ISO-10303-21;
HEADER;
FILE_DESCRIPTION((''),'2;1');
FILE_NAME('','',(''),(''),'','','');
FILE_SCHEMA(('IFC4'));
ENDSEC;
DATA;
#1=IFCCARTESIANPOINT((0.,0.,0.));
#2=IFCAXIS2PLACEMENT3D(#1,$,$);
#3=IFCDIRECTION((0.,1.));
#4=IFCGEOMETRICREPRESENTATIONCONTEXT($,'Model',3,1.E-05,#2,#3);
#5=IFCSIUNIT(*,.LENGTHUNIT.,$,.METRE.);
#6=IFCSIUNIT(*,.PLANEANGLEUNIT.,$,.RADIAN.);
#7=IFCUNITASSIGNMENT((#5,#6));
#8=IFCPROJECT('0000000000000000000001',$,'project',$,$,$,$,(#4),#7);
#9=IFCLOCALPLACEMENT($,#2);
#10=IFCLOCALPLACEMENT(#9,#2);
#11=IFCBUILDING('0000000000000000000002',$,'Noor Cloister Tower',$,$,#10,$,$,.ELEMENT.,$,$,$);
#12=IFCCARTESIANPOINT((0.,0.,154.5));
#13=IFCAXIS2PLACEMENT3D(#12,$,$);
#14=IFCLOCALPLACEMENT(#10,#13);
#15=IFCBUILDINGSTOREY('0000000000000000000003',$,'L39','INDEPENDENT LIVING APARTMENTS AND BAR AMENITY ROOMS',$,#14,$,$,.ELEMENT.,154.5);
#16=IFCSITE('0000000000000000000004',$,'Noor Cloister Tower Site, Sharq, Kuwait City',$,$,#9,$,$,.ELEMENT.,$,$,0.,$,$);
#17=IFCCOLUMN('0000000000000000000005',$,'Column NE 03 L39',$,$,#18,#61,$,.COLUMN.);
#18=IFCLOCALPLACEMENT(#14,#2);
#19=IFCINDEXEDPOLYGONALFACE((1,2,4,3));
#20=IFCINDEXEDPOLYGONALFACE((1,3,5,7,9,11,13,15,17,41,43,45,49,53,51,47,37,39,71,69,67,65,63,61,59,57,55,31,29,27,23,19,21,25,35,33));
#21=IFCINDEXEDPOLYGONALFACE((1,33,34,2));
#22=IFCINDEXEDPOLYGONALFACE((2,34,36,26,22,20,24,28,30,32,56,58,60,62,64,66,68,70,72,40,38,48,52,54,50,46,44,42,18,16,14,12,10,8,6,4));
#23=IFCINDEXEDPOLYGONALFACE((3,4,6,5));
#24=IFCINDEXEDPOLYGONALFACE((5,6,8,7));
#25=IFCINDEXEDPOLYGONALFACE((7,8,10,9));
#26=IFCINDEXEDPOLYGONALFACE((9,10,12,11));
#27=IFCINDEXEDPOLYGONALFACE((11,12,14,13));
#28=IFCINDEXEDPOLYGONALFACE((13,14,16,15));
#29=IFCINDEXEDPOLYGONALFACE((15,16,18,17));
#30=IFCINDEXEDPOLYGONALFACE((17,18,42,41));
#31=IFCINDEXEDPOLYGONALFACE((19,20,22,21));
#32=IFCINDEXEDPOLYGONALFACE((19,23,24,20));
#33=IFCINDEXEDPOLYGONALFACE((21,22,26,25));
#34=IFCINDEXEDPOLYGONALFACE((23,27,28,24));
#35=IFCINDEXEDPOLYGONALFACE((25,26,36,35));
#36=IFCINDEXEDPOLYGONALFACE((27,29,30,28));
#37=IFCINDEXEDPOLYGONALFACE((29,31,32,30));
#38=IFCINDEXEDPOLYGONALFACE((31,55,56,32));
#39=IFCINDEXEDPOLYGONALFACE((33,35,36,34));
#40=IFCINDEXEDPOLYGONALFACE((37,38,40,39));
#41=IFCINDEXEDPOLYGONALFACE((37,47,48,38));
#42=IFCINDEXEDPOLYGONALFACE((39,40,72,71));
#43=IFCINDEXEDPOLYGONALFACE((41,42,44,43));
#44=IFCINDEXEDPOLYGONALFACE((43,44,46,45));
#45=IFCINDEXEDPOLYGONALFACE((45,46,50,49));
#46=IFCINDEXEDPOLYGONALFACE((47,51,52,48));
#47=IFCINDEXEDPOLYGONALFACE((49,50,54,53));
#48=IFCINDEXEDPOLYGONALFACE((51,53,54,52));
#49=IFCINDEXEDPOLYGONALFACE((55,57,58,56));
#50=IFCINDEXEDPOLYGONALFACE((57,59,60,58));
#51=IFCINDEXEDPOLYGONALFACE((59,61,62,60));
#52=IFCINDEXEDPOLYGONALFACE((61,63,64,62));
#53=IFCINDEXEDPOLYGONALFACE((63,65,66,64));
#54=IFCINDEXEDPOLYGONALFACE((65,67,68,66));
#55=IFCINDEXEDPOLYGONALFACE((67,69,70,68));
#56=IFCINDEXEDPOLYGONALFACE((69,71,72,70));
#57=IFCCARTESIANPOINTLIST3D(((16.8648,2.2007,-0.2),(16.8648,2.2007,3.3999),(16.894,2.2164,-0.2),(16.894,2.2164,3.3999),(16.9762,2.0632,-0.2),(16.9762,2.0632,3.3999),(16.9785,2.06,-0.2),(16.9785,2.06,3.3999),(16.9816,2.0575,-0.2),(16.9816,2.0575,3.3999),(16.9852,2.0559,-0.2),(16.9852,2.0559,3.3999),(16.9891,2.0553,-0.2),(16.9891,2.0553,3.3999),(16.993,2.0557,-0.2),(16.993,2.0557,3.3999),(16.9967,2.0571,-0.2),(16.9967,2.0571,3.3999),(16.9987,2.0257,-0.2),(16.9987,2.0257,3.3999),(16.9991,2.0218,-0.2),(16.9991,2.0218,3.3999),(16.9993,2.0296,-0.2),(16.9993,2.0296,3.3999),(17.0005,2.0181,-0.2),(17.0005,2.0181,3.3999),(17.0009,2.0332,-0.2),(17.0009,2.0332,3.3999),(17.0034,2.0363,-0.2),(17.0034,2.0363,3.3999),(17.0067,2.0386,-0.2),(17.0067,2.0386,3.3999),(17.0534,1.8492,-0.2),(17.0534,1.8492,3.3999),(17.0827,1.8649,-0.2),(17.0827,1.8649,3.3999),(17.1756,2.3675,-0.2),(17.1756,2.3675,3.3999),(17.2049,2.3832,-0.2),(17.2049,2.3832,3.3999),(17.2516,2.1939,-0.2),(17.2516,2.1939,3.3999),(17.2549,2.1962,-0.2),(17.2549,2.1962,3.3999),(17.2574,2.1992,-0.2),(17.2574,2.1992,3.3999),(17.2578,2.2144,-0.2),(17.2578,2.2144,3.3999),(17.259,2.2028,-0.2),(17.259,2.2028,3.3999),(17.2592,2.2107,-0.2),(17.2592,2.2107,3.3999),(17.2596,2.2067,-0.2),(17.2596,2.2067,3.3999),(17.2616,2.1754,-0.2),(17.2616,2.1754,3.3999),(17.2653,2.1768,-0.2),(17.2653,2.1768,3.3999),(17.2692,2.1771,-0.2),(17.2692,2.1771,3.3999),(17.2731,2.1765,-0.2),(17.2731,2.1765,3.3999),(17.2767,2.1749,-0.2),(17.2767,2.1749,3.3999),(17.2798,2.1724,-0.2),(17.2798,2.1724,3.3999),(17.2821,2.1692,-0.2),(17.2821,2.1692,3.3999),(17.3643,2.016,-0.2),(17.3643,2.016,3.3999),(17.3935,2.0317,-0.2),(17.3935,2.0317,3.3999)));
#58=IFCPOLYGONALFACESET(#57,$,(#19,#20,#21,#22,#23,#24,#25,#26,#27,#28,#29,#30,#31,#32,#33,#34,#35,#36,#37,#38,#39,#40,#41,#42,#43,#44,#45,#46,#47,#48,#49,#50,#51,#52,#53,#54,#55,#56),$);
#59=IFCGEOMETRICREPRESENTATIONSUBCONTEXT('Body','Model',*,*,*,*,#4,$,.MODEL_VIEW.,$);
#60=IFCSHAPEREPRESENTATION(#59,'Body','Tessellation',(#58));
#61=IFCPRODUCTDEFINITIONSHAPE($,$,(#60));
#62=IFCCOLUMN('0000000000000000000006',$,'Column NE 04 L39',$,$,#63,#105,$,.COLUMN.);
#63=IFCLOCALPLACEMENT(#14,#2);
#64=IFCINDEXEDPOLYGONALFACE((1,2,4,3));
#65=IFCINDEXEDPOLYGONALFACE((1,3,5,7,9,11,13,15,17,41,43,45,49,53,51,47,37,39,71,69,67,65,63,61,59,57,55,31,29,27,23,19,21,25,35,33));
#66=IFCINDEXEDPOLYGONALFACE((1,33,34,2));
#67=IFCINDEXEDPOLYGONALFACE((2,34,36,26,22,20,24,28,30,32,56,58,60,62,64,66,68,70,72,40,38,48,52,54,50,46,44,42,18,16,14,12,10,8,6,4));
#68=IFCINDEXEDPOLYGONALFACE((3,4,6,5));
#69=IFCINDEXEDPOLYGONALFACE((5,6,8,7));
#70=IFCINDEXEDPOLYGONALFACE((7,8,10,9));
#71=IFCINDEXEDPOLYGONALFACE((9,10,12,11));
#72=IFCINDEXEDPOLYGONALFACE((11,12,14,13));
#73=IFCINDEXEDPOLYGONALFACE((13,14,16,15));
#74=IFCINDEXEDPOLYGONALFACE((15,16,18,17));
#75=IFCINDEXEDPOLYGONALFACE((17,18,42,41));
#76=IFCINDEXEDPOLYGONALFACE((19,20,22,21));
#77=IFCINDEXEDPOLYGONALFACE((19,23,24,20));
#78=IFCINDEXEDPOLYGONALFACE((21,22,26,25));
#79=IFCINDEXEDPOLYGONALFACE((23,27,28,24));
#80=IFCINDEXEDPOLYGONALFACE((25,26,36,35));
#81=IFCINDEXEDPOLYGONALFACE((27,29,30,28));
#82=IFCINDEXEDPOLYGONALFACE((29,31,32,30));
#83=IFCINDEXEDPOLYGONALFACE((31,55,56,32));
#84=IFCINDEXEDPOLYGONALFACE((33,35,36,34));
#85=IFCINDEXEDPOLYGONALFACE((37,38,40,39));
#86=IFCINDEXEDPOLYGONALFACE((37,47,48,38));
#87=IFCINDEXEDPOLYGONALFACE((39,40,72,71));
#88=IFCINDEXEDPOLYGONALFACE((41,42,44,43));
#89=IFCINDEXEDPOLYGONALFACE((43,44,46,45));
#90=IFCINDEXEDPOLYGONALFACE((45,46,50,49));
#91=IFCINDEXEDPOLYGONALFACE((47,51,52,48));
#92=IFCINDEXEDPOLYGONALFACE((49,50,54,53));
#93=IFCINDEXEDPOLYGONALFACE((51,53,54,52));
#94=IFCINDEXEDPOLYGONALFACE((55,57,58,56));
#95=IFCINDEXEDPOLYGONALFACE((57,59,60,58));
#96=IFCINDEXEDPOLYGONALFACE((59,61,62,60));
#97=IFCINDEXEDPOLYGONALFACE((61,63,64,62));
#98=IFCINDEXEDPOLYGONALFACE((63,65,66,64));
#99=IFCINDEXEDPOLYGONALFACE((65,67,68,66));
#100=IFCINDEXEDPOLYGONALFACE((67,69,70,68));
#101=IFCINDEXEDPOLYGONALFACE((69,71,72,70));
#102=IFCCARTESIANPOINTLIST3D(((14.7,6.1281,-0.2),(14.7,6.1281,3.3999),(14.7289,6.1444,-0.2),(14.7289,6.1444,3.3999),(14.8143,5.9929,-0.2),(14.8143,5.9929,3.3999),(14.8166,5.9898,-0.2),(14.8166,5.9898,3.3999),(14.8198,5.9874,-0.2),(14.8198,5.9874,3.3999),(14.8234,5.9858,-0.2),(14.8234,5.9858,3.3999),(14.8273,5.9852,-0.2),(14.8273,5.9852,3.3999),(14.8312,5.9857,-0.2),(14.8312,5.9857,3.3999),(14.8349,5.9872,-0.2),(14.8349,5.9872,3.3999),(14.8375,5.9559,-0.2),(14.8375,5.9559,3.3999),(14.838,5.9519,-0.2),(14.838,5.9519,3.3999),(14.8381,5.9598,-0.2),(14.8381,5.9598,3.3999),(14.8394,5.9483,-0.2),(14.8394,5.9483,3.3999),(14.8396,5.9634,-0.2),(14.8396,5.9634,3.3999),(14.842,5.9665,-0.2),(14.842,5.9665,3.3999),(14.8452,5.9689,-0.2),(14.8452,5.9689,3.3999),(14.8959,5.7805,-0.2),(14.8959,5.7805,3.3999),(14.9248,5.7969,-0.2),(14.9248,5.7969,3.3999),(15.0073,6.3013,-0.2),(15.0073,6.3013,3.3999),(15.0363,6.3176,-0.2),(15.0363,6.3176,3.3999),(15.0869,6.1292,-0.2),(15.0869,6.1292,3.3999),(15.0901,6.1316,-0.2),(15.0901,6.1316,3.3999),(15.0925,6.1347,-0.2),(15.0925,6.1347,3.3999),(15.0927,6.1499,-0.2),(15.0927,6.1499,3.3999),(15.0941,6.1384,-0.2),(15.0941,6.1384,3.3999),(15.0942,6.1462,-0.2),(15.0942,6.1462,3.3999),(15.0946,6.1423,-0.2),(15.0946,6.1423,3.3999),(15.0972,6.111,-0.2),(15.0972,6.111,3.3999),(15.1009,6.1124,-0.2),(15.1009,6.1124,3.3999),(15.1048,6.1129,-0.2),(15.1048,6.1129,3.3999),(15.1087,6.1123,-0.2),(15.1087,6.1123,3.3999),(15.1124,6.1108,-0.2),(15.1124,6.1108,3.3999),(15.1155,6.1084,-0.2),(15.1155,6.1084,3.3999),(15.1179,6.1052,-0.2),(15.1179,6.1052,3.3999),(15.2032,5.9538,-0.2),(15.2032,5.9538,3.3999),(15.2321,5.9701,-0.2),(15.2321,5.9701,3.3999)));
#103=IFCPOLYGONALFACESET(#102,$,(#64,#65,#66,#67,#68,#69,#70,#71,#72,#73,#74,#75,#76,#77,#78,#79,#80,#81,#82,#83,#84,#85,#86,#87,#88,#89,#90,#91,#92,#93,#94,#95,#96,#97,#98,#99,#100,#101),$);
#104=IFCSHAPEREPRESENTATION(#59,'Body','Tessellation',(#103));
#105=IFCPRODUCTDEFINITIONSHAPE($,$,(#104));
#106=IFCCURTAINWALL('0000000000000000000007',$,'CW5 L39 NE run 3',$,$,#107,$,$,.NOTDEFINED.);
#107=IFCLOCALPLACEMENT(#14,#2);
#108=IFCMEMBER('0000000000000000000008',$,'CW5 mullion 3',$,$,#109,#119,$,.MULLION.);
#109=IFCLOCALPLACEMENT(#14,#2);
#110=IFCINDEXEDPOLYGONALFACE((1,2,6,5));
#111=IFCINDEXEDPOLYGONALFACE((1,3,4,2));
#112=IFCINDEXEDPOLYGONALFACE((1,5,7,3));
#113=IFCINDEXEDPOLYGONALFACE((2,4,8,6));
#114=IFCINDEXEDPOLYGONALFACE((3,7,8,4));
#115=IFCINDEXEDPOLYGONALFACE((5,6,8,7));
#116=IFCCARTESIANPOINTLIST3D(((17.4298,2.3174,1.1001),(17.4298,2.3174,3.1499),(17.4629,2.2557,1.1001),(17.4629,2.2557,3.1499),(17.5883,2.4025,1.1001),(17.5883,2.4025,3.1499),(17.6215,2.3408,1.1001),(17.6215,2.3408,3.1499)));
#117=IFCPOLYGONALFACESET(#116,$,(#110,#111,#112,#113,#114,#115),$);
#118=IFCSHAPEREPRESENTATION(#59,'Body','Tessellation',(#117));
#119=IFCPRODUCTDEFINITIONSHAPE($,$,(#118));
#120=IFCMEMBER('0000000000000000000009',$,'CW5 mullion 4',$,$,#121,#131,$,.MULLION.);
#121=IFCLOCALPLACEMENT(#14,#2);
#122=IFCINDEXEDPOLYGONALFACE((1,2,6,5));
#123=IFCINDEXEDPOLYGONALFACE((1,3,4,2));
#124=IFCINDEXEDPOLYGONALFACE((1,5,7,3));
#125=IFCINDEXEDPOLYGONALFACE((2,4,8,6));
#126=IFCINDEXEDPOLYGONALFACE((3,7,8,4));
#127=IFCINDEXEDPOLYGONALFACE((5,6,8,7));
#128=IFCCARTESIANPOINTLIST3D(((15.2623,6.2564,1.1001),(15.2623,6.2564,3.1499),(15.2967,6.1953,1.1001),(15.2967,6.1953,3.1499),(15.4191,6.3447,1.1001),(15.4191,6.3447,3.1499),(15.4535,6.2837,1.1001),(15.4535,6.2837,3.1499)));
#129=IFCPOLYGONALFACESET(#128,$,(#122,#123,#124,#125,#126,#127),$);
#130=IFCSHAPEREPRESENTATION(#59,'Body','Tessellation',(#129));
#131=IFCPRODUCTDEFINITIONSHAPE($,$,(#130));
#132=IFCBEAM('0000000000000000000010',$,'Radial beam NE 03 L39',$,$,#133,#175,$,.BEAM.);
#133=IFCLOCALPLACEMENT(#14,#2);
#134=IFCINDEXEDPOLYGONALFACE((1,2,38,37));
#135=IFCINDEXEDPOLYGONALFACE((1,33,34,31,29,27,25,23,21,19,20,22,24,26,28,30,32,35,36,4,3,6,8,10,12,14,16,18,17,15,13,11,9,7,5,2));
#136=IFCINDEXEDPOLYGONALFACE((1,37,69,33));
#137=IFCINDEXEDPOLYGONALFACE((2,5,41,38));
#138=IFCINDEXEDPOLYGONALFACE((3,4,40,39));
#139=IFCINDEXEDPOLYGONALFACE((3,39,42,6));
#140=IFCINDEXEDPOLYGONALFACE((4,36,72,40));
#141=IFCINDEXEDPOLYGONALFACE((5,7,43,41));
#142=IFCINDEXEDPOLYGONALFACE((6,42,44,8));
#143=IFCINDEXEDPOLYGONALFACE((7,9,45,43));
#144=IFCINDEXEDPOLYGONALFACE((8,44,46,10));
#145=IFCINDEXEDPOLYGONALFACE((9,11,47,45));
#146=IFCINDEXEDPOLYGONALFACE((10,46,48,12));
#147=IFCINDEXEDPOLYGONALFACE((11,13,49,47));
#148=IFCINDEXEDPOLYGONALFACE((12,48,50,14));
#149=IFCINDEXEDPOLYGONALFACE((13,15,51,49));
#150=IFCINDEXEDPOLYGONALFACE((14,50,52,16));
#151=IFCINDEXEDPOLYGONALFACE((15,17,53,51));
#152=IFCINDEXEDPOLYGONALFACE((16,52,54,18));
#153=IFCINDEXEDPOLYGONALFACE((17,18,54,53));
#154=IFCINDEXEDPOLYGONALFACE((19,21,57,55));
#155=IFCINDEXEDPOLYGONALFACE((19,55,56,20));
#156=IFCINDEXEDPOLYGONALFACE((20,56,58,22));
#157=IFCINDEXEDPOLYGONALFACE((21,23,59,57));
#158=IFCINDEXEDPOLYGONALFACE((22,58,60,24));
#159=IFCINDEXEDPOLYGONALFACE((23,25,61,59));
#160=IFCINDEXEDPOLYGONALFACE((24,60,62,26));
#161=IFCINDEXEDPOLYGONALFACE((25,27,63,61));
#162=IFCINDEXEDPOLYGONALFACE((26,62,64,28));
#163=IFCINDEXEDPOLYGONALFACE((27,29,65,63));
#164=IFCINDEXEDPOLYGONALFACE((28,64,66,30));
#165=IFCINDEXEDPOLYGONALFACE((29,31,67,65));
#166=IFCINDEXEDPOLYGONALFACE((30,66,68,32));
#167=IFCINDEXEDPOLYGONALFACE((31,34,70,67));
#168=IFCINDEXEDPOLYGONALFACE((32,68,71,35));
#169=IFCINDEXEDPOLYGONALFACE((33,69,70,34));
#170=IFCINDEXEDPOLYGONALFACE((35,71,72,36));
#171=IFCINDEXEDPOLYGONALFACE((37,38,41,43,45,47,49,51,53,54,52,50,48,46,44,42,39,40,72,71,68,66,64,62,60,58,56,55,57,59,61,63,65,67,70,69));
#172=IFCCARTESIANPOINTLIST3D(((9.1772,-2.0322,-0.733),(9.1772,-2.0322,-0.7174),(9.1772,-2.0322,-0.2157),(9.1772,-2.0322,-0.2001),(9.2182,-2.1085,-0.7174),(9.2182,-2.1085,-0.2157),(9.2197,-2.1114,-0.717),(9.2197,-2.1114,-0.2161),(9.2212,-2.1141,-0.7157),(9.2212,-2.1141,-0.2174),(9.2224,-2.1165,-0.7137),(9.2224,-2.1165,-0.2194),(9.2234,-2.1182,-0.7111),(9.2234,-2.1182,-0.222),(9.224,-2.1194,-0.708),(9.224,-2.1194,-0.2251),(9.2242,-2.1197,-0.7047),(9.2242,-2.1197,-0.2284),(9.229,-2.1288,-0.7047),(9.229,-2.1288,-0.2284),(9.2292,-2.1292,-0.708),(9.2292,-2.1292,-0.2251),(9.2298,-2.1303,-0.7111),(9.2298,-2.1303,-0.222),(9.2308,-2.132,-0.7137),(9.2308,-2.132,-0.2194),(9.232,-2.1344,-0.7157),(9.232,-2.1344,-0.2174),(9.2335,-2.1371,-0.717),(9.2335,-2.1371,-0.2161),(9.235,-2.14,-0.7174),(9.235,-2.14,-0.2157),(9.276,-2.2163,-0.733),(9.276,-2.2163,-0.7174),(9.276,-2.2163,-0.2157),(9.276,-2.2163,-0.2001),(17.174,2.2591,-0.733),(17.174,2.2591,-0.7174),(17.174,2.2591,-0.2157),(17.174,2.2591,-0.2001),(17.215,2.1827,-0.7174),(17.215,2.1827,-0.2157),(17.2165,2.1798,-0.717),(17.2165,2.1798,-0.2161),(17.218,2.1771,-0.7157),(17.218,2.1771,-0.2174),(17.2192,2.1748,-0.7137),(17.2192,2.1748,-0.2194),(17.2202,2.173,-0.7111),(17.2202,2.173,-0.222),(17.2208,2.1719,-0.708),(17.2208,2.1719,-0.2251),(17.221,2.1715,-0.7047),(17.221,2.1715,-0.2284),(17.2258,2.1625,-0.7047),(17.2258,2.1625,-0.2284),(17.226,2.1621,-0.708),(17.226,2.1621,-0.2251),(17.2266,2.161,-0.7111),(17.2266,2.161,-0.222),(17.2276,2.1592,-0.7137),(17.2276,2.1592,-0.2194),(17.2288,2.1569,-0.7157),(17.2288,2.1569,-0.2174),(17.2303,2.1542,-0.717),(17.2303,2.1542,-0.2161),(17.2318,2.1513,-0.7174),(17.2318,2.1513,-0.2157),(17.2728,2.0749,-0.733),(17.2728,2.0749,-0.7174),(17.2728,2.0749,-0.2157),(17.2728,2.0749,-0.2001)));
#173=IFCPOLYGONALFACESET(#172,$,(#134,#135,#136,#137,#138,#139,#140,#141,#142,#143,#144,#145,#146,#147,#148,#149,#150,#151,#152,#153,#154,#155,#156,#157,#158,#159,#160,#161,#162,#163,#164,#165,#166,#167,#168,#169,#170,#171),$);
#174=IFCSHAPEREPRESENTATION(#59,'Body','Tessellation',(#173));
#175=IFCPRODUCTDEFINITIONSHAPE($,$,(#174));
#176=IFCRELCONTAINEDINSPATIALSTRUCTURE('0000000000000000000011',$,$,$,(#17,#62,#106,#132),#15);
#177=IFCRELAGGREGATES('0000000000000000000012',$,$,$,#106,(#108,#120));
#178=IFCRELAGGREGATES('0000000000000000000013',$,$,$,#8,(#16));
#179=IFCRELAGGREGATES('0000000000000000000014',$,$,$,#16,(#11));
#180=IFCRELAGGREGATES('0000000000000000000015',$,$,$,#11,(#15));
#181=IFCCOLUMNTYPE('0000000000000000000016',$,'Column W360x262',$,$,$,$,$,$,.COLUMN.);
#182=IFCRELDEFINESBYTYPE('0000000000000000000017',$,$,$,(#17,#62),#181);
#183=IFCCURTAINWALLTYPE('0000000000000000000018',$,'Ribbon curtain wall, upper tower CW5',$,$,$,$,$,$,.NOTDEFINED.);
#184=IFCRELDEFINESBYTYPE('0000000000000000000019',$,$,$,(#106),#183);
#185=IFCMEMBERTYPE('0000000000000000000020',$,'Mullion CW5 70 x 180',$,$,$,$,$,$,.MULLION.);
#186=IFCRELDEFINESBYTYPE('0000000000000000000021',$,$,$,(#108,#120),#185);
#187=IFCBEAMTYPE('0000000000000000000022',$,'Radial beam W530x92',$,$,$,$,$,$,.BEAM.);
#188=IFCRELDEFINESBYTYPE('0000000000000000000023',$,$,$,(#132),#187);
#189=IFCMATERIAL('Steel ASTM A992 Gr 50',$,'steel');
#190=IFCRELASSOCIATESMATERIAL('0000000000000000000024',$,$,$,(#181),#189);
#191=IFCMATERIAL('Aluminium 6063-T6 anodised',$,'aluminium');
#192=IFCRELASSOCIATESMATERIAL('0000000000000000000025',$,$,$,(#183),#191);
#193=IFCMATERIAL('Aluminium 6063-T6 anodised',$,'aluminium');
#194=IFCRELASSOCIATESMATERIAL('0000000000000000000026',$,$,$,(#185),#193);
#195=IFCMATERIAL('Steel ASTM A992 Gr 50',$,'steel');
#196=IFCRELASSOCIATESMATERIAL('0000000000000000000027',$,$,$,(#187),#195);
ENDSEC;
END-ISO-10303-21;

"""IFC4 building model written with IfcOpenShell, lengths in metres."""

from ifc_helpers import new_model, si_unit, direction, frame, origin, origin_2d, place, context, subcontext, project, spatial, rectangle, i_section, extrude, material, material_profile, profile_set, type_object, element, aggregate, save


model = new_model("IFC4")

# Units and contexts
model_context = context("Model", 3, precision=1e-05, world=origin(), true_north=direction((0.0, 1.0)))
body_context = subcontext(model_context, "Body", "Model", "MODEL_VIEW")
ifc_project = project(units=[si_unit("LENGTHUNIT", "METRE"), si_unit("PLANEANGLEUNIT", "RADIAN")], contexts=[model_context])

# Site, building, storey
site_placement = place(None, origin())
site = spatial("IfcSite", under=ifc_project, at=site_placement, Name="Noor Cloister Tower Site, Sharq, Kuwait City", CompositionType="ELEMENT", RefElevation=0.0)
building_placement = place(site_placement, origin())
building = spatial("IfcBuilding", under=site, at=building_placement, Name="Noor Cloister Tower", CompositionType="ELEMENT")
storey_placement = place(building_placement, frame((0.0, 0.0, 154.5)))
storey = spatial("IfcBuildingStorey", under=building, at=storey_placement, Name="L39", Description="INDEPENDENT LIVING APARTMENTS AND BAR AMENITY ROOMS", CompositionType="ELEMENT", Elevation=154.5)

# Columns
ifc_material_1 = material(Name="Steel ASTM A992 Gr 50", Category="steel")
ifc_material_profile_1 = material_profile(ifc_material_1, i_section(OverallWidth=0.3989, OverallDepth=0.386, WebThickness=0.021, FlangeThickness=0.0332, FilletRadius=0.0151, at=origin_2d()), Name="W360x262")
ifc_profile_set_1 = profile_set([ifc_material_profile_1], Name="Steel ASTM A992 Gr 50")
column_type = type_object("IfcColumnType", Name="Column W360x262", PredefinedType="COLUMN", material=ifc_profile_set_1)
for number, where, z_axis, x_axis, name in (
    (1, (17.1292, 2.1162, -0.2), (0.0, 0.0, 1.0), (-0.472835, 0.881151, 0.0), "Column NE 03 L39"),
    (2, (14.9661, 6.0491, -0.2), (0.0, 0.0, 1.0), (-0.490998, 0.871161, 0.0), "Column NE 04 L39"),
):
    element("IfcColumn", number, at=place(storey_placement, frame(where, z_axis=z_axis, x_axis=x_axis)), inside=storey, type_object=column_type, Name=name, PredefinedType="COLUMN", context=body_context, shape_type="SweptSolid", body=[
        extrude(i_section(OverallWidth=0.3989, OverallDepth=0.386, WebThickness=0.021, FlangeThickness=0.0332, FilletRadius=0.0151, at=origin_2d()), origin(), (0.0, 0.0, 1.0), 3.5999),
    ])

# Curtain wall, members
ifc_material_2 = material(Name="Aluminium 6063-T6 anodised", Category="aluminium")
curtain_wall_type = type_object("IfcCurtainWallType", Name="Ribbon curtain wall, upper tower CW5", PredefinedType="NOTDEFINED", material=ifc_material_2)
curtain_wall_placement = place(storey_placement, origin())
curtain_wall = element("IfcCurtainWall", 3, at=curtain_wall_placement, inside=storey, type_object=curtain_wall_type, Name="CW5 L39 NE run 3", PredefinedType="NOTDEFINED")
ifc_material_3 = material(Name="Aluminium 6063-T6 anodised", Category="aluminium")
ifc_material_profile_2 = material_profile(ifc_material_3, rectangle(XDim=0.1799, YDim=0.0701, at=origin_2d()), Name="180 x 70 mullion")
ifc_profile_set_2 = profile_set([ifc_material_profile_2], Name="Aluminium 6063-T6 anodised")
member_type = type_object("IfcMemberType", Name="Mullion CW5 70 x 180", PredefinedType="MULLION", material=ifc_profile_set_2)
member_1_placement = place(storey_placement, frame((17.5256, 2.3291, 1.1001), z_axis=(0.0, 0.0, 1.0), x_axis=(-0.881151, -0.472835, 0.0)))
member_1 = element("IfcMember", 4, at=member_1_placement, type_object=member_type, Name="CW5 mullion 3", PredefinedType="MULLION", context=body_context, shape_type="SweptSolid", body=[
    extrude(rectangle(XDim=0.1799, YDim=0.0701, at=origin_2d()), origin(), (0.0, 0.0, 1.0), 2.0498),
])
member_2_placement = place(storey_placement, frame((15.3579, 6.27, 1.1001), z_axis=(0.0, 0.0, 1.0), x_axis=(-0.871161, -0.490998, 0.0)))
member_2 = element("IfcMember", 5, at=member_2_placement, type_object=member_type, Name="CW5 mullion 4", PredefinedType="MULLION", context=body_context, shape_type="SweptSolid", body=[
    extrude(rectangle(XDim=0.1799, YDim=0.0701, at=origin_2d()), origin(), (0.0, 0.0, 1.0), 2.0498),
])

# Beam
ifc_material_4 = material(Name="Steel ASTM A992 Gr 50", Category="steel")
ifc_material_profile_3 = material_profile(ifc_material_4, i_section(OverallWidth=0.209, OverallDepth=0.533, WebThickness=0.0103, FlangeThickness=0.0156, FilletRadius=0.0127, at=origin_2d()), Name="W530x92")
ifc_profile_set_3 = profile_set([ifc_material_profile_3], Name="Steel ASTM A992 Gr 50")
beam_type_1 = type_object("IfcBeamType", Name="Radial beam W530x92", PredefinedType="BEAM", material=ifc_profile_set_3)
beam_1_placement = place(storey_placement, frame((17.2234, 2.167, -0.4666), z_axis=(-0.881147, -0.472842, 0.0), x_axis=(0.472842, -0.881147, 0.0)))
element("IfcBeam", 6, at=beam_1_placement, inside=storey, type_object=beam_type_1, Name="Radial beam NE 03 L39", PredefinedType="BEAM", context=body_context, shape_type="SweptSolid", body=[
    extrude(i_section(OverallWidth=0.209, OverallDepth=0.533, WebThickness=0.0103, FlangeThickness=0.0156, FilletRadius=0.0127, at=origin_2d()), origin(), (0.0, 0.0, 1.0), 9.0754),
])

aggregate(curtain_wall, [member_1, member_2])

save(model, "model.ifc")
